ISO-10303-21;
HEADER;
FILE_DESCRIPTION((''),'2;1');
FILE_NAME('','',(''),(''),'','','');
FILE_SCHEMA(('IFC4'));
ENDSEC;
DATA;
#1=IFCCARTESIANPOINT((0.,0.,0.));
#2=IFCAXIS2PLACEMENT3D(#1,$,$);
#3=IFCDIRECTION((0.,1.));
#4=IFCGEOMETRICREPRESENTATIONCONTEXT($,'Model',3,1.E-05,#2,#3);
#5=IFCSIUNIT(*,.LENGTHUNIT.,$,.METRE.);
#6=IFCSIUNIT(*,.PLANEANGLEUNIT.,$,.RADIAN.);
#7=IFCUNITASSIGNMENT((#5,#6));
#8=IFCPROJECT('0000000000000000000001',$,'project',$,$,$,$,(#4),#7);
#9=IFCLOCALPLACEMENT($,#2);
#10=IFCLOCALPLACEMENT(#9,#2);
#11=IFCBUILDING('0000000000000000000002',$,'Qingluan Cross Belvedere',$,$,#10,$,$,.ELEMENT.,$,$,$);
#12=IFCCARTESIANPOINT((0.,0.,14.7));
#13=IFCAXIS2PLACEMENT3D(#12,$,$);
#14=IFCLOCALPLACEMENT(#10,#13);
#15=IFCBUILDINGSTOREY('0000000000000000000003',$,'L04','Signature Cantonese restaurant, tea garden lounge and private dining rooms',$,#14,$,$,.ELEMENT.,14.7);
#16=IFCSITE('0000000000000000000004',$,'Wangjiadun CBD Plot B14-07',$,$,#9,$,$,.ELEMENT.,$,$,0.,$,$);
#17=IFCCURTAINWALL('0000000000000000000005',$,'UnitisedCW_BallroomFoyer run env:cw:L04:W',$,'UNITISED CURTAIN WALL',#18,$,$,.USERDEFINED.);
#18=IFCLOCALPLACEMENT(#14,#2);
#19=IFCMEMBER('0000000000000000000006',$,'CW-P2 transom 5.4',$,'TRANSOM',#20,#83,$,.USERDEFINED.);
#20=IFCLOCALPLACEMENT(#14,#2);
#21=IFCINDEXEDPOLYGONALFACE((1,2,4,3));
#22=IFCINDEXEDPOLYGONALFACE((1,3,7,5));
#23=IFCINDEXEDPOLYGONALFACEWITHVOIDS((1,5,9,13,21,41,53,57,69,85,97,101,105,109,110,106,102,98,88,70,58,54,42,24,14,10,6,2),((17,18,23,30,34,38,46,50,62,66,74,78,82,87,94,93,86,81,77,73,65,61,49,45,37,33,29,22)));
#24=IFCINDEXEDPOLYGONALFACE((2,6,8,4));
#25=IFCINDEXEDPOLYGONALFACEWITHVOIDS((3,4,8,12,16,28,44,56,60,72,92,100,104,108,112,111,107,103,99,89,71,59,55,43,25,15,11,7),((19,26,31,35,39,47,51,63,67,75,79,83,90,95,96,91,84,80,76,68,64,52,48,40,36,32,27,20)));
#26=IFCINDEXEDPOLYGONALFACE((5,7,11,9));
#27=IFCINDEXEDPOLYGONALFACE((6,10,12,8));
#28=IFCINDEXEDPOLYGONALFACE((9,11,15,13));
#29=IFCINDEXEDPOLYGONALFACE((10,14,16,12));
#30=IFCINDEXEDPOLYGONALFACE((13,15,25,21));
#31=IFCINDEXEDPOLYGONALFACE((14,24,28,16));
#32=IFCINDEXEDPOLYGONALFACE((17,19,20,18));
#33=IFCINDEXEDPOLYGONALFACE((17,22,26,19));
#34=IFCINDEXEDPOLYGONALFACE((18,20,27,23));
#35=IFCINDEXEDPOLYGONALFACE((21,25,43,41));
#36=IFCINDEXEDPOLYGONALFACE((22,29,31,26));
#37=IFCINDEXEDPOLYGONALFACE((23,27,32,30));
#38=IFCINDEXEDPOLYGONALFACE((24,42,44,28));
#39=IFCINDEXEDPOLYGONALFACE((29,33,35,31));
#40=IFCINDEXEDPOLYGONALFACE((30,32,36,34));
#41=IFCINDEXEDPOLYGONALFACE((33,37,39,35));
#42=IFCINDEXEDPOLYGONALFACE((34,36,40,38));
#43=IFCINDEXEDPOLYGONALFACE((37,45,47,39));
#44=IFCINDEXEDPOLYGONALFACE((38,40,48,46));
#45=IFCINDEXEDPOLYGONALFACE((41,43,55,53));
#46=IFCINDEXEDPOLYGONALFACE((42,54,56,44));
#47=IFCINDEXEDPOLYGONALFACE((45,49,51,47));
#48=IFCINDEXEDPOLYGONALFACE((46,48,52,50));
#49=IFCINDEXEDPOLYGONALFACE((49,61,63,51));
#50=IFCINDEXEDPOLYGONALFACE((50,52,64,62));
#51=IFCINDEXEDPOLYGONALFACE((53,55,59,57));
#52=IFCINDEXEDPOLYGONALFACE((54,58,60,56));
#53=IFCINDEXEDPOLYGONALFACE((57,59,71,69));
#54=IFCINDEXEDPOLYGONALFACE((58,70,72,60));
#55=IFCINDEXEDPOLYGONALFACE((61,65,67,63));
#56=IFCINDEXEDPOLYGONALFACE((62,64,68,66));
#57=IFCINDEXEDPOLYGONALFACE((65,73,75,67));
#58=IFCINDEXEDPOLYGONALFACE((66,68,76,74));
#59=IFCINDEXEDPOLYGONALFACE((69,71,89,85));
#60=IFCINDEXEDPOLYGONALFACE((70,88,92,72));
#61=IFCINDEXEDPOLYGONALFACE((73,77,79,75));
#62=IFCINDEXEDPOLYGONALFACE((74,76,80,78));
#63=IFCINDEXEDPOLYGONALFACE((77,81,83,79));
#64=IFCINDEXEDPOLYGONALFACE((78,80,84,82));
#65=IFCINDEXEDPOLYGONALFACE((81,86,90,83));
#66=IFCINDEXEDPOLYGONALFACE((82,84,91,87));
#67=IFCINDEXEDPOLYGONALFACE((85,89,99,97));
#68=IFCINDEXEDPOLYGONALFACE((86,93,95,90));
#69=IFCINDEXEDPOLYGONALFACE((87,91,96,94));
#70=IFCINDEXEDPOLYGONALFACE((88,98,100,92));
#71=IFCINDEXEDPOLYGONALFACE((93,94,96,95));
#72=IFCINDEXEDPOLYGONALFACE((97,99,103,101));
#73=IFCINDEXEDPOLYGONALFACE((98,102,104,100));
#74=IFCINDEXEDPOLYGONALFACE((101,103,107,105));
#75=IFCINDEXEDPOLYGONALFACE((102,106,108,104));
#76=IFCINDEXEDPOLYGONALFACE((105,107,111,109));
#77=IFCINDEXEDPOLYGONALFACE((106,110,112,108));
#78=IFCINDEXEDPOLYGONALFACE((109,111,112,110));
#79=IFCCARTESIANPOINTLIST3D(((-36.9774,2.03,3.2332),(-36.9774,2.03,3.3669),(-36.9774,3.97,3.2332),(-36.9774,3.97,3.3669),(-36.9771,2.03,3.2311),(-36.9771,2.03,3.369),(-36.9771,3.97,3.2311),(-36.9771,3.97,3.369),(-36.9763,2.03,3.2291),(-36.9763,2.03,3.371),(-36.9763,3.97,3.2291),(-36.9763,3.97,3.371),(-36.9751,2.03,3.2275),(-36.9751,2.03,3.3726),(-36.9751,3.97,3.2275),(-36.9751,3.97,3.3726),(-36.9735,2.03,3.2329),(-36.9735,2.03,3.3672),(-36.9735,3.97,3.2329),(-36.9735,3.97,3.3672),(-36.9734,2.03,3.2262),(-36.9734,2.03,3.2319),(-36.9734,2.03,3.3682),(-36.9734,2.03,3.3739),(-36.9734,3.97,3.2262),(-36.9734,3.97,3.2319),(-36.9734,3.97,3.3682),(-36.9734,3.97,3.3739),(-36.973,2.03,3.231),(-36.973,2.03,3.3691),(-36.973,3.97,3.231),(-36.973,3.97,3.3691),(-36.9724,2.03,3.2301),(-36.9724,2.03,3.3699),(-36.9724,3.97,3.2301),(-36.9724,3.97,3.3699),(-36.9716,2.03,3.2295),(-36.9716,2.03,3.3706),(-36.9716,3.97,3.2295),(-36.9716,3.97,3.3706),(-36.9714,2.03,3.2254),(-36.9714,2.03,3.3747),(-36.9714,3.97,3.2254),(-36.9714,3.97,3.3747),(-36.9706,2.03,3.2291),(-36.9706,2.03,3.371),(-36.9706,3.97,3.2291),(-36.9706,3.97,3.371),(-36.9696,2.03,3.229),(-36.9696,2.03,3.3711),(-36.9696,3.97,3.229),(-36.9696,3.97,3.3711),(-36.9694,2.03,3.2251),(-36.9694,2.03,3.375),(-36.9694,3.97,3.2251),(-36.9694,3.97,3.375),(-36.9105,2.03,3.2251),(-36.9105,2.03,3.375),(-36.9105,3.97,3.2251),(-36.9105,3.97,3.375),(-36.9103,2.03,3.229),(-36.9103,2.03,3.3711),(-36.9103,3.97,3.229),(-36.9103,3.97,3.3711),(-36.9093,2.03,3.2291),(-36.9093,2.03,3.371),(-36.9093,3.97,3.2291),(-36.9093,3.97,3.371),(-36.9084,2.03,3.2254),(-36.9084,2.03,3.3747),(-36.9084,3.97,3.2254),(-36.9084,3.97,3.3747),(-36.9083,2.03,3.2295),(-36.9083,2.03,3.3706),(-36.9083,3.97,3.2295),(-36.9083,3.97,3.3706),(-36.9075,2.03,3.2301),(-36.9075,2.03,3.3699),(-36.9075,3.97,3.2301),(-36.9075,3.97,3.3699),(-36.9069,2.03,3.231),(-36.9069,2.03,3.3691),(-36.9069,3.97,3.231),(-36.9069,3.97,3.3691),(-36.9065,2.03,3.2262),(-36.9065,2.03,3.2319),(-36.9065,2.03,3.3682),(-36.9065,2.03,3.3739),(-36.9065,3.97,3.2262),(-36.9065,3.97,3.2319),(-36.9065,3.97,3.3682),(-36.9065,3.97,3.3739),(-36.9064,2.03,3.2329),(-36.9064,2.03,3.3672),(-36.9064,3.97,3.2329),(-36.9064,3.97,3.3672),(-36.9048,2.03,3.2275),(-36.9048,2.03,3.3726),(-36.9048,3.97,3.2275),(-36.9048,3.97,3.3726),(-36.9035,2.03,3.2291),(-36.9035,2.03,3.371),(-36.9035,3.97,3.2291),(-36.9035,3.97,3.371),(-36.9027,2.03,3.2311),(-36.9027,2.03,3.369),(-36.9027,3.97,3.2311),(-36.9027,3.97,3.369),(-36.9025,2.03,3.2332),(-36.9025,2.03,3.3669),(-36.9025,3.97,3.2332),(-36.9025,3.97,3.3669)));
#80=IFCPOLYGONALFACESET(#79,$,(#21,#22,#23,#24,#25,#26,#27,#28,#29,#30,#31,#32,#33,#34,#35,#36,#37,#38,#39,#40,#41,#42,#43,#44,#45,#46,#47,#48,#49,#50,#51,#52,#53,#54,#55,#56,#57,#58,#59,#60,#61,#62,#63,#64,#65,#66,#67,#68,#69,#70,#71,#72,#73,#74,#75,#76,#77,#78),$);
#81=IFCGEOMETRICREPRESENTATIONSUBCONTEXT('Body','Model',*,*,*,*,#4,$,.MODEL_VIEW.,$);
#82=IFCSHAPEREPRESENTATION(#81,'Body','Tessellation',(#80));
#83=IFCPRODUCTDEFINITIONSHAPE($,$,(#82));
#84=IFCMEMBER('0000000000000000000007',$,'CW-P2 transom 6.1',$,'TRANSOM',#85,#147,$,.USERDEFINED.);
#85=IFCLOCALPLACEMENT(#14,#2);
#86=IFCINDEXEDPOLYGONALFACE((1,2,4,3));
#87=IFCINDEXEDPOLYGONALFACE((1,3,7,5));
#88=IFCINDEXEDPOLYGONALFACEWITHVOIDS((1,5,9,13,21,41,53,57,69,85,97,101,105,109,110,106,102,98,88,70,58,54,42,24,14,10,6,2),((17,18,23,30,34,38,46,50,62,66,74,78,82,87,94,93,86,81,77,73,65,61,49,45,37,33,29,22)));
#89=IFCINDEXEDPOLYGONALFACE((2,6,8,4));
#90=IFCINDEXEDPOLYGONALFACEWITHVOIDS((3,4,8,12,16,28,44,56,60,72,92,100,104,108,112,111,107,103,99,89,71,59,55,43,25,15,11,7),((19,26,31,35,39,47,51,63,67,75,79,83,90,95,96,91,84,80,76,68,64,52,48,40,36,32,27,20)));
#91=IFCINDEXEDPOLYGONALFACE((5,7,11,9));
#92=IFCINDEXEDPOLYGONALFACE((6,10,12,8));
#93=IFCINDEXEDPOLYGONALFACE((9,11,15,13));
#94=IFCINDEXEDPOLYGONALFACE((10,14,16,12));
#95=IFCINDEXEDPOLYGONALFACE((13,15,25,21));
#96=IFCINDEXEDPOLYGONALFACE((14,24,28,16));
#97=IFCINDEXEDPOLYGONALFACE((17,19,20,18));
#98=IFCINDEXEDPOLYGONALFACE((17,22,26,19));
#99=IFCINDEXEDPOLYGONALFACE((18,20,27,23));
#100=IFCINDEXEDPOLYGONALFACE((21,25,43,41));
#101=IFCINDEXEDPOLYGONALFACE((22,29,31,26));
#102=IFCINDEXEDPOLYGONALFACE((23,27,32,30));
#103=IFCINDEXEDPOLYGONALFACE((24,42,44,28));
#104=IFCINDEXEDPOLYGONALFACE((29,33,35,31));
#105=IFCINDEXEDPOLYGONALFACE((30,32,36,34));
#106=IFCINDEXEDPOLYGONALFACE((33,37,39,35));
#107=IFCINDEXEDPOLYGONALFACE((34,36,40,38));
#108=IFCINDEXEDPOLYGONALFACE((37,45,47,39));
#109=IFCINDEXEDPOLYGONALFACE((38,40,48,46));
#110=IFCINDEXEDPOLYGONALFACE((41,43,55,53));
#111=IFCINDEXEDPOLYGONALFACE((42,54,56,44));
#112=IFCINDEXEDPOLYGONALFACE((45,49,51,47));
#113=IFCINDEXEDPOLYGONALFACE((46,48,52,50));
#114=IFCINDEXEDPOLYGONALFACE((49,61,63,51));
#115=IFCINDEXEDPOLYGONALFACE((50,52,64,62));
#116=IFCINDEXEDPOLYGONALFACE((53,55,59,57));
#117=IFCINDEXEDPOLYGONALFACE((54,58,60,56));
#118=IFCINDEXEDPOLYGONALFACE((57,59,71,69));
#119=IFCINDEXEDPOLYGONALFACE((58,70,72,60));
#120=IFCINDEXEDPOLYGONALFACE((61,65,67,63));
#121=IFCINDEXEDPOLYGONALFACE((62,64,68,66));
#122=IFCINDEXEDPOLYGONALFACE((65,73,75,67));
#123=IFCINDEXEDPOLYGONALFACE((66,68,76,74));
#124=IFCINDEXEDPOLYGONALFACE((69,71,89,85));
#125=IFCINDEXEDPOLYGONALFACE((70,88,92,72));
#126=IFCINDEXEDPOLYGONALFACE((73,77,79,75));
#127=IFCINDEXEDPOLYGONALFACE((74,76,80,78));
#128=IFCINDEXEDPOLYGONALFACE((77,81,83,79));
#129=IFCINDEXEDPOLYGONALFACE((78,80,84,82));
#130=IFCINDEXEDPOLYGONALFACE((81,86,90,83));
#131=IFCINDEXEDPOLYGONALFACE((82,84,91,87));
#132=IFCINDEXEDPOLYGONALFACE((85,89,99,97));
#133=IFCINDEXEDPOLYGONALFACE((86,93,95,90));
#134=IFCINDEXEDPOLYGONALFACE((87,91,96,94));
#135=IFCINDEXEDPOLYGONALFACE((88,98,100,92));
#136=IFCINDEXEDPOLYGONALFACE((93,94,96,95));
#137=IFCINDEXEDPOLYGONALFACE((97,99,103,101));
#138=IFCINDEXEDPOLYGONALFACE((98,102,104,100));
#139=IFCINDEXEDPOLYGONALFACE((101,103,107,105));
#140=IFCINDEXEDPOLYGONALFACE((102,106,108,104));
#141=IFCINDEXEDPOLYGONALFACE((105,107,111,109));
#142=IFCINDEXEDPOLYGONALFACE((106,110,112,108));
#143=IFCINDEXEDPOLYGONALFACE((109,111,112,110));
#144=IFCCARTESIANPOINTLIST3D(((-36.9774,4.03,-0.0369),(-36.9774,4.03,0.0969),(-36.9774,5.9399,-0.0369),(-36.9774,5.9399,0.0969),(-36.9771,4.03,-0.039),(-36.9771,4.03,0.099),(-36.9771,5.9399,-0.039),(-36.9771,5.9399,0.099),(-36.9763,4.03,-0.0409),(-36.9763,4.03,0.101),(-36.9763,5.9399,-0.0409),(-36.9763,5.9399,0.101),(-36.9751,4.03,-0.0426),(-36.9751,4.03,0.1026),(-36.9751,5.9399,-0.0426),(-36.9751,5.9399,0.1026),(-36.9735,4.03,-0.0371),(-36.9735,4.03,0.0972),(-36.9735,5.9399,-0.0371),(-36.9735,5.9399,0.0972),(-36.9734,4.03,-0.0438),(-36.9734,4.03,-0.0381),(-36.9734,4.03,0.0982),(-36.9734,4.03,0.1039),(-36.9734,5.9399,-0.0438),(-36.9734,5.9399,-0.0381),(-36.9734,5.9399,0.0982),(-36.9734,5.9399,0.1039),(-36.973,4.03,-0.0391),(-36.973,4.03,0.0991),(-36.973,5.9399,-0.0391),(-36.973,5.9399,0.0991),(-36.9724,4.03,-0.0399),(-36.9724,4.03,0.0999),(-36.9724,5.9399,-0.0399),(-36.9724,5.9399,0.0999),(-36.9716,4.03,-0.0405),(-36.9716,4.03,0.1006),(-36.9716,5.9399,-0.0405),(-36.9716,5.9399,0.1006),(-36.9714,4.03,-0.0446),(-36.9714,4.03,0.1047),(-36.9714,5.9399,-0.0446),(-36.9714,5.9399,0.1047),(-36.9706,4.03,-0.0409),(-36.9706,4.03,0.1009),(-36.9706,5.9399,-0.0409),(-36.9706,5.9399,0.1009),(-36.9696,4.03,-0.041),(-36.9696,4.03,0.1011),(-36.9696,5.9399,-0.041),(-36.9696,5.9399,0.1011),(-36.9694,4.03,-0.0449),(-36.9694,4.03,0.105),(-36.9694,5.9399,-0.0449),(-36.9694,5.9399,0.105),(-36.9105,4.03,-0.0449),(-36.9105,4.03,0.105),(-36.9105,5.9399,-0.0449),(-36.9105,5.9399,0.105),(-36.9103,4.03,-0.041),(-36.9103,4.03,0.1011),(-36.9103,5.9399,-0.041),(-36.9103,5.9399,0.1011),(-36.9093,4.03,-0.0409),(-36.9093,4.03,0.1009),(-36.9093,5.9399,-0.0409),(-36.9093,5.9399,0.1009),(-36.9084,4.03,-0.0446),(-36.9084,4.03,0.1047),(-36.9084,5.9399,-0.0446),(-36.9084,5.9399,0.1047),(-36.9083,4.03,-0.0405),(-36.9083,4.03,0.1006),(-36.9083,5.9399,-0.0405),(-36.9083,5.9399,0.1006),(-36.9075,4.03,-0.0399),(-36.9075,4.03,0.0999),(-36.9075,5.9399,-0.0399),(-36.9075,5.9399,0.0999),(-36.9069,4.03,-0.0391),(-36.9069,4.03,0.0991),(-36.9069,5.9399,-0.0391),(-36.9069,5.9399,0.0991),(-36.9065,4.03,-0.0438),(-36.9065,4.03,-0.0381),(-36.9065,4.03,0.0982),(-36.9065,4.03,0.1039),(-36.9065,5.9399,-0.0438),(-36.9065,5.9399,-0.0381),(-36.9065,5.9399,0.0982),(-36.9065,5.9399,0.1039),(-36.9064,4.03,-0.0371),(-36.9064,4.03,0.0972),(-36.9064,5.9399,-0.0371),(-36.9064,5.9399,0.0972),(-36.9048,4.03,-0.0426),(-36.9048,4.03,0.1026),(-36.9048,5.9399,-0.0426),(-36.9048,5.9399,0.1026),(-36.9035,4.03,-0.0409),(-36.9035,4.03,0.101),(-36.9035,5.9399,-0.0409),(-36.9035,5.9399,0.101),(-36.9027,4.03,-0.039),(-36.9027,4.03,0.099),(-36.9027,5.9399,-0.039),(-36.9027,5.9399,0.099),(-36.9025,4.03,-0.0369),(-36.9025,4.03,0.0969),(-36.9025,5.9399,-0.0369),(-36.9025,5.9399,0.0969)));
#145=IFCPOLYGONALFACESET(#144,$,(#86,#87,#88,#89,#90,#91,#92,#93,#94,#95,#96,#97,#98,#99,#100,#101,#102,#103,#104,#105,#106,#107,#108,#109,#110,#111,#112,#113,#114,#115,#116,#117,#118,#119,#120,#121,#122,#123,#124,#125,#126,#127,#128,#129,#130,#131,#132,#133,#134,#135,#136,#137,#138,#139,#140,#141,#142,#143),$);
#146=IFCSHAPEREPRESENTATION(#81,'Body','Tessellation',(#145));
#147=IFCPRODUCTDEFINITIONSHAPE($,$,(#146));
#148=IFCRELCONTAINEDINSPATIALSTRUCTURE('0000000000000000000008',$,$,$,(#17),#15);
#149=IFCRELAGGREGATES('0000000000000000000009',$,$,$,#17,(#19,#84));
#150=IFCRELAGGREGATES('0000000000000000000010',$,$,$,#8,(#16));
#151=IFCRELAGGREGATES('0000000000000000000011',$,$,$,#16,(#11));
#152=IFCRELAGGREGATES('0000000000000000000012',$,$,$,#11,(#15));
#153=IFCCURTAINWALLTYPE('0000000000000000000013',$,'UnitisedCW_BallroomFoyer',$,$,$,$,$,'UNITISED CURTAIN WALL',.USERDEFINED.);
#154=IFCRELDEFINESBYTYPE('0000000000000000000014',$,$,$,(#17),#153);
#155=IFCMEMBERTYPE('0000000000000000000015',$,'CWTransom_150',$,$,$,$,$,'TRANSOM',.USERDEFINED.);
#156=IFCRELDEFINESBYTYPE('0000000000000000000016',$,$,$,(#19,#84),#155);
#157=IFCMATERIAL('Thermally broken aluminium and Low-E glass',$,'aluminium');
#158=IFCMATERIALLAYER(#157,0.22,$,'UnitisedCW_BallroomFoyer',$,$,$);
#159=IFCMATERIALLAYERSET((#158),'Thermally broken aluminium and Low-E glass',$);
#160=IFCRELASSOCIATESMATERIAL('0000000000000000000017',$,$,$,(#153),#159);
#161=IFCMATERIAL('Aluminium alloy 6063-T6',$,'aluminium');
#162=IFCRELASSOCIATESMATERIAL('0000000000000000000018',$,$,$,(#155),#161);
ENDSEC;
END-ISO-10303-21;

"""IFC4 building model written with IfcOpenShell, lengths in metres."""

from ifc_helpers import new_model, si_unit, direction, frame, origin, origin_2d, place, context, subcontext, project, spatial, hollow_rectangle, extrude, material, layer, layer_set, material_profile, profile_set, type_object, element, aggregate, save


model = new_model("IFC4")

# Units and contexts
model_context = context("Model", 3, precision=1e-05, world=origin(), true_north=direction((0.0, 1.0)))
body_context = subcontext(model_context, "Body", "Model", "MODEL_VIEW")
ifc_project = project(units=[si_unit("LENGTHUNIT", "METRE"), si_unit("PLANEANGLEUNIT", "RADIAN")], contexts=[model_context])

# Site, building, storey
site_placement = place(None, origin())
site = spatial("IfcSite", under=ifc_project, at=site_placement, Name="Wangjiadun CBD Plot B14-07", CompositionType="ELEMENT", RefElevation=0.0)
building_placement = place(site_placement, origin())
building = spatial("IfcBuilding", under=site, at=building_placement, Name="Qingluan Cross Belvedere", CompositionType="ELEMENT")
storey_placement = place(building_placement, frame((0.0, 0.0, 14.7)))
storey = spatial("IfcBuildingStorey", under=building, at=storey_placement, Name="L04", Description="Signature Cantonese restaurant, tea garden lounge and private dining rooms", CompositionType="ELEMENT", Elevation=14.7)

# Curtain wall, members
ifc_material_1 = material(Name="Thermally broken aluminium and Low-E glass", Category="aluminium")
ifc_layer_1 = layer(ifc_material_1, 0.22, Name="UnitisedCW_BallroomFoyer")
ifc_layer_set_1 = layer_set([ifc_layer_1], Name="Thermally broken aluminium and Low-E glass")
curtain_wall_type = type_object("IfcCurtainWallType", Name="UnitisedCW_BallroomFoyer", ElementType="UNITISED CURTAIN WALL", PredefinedType="USERDEFINED", material=ifc_layer_set_1)
curtain_wall_placement = place(storey_placement, origin())
curtain_wall = element("IfcCurtainWall", 1, at=curtain_wall_placement, inside=storey, type_object=curtain_wall_type, Name="UnitisedCW_BallroomFoyer run env:cw:L04:W", ObjectType="UNITISED CURTAIN WALL", PredefinedType="USERDEFINED")
ifc_material_2 = material(Name="Aluminium alloy 6063-T6", Category="aluminium")
ifc_material_profile_1 = material_profile(ifc_material_2, hollow_rectangle(XDim=0.075, YDim=0.1499, WallThickness=0.0039, InnerFilletRadius=0.0039, OuterFilletRadius=0.0081, at=origin_2d()), Name="CWT150x75x4")
ifc_profile_set_1 = profile_set([ifc_material_profile_1], Name="Aluminium alloy 6063-T6")
member_type_1 = type_object("IfcMemberType", Name="CWTransom_150", ElementType="TRANSOM", PredefinedType="USERDEFINED", material=ifc_profile_set_1)
member_1_placement = place(storey_placement, frame((-36.9399, 2.03, 3.3), z_axis=(0.0, 1.0, 0.0), x_axis=(-1.0, 0.0, 0.0)))
member_1 = element("IfcMember", 2, at=member_1_placement, type_object=member_type_1, Name="CW-P2 transom 5.4", ObjectType="TRANSOM", PredefinedType="USERDEFINED", context=body_context, shape_type="SweptSolid", body=[
    extrude(hollow_rectangle(XDim=0.075, YDim=0.1499, WallThickness=0.0039, InnerFilletRadius=0.0039, OuterFilletRadius=0.0081, at=origin_2d()), origin(), (0.0, 0.0, 1.0), 1.9399),
])
member_2_placement = place(storey_placement, frame((-36.9399, 4.03, 0.03), z_axis=(0.0, 1.0, 0.0), x_axis=(-1.0, 0.0, 0.0)))
member_2 = element("IfcMember", 3, at=member_2_placement, type_object=member_type_1, Name="CW-P2 transom 6.1", ObjectType="TRANSOM", PredefinedType="USERDEFINED", context=body_context, shape_type="SweptSolid", body=[
    extrude(hollow_rectangle(XDim=0.075, YDim=0.1499, WallThickness=0.0039, InnerFilletRadius=0.0039, OuterFilletRadius=0.0081, at=origin_2d()), origin(), (0.0, 0.0, 1.0), 1.9099),
])
aggregate(curtain_wall, [member_1, member_2])

save(model, "model.ifc")
